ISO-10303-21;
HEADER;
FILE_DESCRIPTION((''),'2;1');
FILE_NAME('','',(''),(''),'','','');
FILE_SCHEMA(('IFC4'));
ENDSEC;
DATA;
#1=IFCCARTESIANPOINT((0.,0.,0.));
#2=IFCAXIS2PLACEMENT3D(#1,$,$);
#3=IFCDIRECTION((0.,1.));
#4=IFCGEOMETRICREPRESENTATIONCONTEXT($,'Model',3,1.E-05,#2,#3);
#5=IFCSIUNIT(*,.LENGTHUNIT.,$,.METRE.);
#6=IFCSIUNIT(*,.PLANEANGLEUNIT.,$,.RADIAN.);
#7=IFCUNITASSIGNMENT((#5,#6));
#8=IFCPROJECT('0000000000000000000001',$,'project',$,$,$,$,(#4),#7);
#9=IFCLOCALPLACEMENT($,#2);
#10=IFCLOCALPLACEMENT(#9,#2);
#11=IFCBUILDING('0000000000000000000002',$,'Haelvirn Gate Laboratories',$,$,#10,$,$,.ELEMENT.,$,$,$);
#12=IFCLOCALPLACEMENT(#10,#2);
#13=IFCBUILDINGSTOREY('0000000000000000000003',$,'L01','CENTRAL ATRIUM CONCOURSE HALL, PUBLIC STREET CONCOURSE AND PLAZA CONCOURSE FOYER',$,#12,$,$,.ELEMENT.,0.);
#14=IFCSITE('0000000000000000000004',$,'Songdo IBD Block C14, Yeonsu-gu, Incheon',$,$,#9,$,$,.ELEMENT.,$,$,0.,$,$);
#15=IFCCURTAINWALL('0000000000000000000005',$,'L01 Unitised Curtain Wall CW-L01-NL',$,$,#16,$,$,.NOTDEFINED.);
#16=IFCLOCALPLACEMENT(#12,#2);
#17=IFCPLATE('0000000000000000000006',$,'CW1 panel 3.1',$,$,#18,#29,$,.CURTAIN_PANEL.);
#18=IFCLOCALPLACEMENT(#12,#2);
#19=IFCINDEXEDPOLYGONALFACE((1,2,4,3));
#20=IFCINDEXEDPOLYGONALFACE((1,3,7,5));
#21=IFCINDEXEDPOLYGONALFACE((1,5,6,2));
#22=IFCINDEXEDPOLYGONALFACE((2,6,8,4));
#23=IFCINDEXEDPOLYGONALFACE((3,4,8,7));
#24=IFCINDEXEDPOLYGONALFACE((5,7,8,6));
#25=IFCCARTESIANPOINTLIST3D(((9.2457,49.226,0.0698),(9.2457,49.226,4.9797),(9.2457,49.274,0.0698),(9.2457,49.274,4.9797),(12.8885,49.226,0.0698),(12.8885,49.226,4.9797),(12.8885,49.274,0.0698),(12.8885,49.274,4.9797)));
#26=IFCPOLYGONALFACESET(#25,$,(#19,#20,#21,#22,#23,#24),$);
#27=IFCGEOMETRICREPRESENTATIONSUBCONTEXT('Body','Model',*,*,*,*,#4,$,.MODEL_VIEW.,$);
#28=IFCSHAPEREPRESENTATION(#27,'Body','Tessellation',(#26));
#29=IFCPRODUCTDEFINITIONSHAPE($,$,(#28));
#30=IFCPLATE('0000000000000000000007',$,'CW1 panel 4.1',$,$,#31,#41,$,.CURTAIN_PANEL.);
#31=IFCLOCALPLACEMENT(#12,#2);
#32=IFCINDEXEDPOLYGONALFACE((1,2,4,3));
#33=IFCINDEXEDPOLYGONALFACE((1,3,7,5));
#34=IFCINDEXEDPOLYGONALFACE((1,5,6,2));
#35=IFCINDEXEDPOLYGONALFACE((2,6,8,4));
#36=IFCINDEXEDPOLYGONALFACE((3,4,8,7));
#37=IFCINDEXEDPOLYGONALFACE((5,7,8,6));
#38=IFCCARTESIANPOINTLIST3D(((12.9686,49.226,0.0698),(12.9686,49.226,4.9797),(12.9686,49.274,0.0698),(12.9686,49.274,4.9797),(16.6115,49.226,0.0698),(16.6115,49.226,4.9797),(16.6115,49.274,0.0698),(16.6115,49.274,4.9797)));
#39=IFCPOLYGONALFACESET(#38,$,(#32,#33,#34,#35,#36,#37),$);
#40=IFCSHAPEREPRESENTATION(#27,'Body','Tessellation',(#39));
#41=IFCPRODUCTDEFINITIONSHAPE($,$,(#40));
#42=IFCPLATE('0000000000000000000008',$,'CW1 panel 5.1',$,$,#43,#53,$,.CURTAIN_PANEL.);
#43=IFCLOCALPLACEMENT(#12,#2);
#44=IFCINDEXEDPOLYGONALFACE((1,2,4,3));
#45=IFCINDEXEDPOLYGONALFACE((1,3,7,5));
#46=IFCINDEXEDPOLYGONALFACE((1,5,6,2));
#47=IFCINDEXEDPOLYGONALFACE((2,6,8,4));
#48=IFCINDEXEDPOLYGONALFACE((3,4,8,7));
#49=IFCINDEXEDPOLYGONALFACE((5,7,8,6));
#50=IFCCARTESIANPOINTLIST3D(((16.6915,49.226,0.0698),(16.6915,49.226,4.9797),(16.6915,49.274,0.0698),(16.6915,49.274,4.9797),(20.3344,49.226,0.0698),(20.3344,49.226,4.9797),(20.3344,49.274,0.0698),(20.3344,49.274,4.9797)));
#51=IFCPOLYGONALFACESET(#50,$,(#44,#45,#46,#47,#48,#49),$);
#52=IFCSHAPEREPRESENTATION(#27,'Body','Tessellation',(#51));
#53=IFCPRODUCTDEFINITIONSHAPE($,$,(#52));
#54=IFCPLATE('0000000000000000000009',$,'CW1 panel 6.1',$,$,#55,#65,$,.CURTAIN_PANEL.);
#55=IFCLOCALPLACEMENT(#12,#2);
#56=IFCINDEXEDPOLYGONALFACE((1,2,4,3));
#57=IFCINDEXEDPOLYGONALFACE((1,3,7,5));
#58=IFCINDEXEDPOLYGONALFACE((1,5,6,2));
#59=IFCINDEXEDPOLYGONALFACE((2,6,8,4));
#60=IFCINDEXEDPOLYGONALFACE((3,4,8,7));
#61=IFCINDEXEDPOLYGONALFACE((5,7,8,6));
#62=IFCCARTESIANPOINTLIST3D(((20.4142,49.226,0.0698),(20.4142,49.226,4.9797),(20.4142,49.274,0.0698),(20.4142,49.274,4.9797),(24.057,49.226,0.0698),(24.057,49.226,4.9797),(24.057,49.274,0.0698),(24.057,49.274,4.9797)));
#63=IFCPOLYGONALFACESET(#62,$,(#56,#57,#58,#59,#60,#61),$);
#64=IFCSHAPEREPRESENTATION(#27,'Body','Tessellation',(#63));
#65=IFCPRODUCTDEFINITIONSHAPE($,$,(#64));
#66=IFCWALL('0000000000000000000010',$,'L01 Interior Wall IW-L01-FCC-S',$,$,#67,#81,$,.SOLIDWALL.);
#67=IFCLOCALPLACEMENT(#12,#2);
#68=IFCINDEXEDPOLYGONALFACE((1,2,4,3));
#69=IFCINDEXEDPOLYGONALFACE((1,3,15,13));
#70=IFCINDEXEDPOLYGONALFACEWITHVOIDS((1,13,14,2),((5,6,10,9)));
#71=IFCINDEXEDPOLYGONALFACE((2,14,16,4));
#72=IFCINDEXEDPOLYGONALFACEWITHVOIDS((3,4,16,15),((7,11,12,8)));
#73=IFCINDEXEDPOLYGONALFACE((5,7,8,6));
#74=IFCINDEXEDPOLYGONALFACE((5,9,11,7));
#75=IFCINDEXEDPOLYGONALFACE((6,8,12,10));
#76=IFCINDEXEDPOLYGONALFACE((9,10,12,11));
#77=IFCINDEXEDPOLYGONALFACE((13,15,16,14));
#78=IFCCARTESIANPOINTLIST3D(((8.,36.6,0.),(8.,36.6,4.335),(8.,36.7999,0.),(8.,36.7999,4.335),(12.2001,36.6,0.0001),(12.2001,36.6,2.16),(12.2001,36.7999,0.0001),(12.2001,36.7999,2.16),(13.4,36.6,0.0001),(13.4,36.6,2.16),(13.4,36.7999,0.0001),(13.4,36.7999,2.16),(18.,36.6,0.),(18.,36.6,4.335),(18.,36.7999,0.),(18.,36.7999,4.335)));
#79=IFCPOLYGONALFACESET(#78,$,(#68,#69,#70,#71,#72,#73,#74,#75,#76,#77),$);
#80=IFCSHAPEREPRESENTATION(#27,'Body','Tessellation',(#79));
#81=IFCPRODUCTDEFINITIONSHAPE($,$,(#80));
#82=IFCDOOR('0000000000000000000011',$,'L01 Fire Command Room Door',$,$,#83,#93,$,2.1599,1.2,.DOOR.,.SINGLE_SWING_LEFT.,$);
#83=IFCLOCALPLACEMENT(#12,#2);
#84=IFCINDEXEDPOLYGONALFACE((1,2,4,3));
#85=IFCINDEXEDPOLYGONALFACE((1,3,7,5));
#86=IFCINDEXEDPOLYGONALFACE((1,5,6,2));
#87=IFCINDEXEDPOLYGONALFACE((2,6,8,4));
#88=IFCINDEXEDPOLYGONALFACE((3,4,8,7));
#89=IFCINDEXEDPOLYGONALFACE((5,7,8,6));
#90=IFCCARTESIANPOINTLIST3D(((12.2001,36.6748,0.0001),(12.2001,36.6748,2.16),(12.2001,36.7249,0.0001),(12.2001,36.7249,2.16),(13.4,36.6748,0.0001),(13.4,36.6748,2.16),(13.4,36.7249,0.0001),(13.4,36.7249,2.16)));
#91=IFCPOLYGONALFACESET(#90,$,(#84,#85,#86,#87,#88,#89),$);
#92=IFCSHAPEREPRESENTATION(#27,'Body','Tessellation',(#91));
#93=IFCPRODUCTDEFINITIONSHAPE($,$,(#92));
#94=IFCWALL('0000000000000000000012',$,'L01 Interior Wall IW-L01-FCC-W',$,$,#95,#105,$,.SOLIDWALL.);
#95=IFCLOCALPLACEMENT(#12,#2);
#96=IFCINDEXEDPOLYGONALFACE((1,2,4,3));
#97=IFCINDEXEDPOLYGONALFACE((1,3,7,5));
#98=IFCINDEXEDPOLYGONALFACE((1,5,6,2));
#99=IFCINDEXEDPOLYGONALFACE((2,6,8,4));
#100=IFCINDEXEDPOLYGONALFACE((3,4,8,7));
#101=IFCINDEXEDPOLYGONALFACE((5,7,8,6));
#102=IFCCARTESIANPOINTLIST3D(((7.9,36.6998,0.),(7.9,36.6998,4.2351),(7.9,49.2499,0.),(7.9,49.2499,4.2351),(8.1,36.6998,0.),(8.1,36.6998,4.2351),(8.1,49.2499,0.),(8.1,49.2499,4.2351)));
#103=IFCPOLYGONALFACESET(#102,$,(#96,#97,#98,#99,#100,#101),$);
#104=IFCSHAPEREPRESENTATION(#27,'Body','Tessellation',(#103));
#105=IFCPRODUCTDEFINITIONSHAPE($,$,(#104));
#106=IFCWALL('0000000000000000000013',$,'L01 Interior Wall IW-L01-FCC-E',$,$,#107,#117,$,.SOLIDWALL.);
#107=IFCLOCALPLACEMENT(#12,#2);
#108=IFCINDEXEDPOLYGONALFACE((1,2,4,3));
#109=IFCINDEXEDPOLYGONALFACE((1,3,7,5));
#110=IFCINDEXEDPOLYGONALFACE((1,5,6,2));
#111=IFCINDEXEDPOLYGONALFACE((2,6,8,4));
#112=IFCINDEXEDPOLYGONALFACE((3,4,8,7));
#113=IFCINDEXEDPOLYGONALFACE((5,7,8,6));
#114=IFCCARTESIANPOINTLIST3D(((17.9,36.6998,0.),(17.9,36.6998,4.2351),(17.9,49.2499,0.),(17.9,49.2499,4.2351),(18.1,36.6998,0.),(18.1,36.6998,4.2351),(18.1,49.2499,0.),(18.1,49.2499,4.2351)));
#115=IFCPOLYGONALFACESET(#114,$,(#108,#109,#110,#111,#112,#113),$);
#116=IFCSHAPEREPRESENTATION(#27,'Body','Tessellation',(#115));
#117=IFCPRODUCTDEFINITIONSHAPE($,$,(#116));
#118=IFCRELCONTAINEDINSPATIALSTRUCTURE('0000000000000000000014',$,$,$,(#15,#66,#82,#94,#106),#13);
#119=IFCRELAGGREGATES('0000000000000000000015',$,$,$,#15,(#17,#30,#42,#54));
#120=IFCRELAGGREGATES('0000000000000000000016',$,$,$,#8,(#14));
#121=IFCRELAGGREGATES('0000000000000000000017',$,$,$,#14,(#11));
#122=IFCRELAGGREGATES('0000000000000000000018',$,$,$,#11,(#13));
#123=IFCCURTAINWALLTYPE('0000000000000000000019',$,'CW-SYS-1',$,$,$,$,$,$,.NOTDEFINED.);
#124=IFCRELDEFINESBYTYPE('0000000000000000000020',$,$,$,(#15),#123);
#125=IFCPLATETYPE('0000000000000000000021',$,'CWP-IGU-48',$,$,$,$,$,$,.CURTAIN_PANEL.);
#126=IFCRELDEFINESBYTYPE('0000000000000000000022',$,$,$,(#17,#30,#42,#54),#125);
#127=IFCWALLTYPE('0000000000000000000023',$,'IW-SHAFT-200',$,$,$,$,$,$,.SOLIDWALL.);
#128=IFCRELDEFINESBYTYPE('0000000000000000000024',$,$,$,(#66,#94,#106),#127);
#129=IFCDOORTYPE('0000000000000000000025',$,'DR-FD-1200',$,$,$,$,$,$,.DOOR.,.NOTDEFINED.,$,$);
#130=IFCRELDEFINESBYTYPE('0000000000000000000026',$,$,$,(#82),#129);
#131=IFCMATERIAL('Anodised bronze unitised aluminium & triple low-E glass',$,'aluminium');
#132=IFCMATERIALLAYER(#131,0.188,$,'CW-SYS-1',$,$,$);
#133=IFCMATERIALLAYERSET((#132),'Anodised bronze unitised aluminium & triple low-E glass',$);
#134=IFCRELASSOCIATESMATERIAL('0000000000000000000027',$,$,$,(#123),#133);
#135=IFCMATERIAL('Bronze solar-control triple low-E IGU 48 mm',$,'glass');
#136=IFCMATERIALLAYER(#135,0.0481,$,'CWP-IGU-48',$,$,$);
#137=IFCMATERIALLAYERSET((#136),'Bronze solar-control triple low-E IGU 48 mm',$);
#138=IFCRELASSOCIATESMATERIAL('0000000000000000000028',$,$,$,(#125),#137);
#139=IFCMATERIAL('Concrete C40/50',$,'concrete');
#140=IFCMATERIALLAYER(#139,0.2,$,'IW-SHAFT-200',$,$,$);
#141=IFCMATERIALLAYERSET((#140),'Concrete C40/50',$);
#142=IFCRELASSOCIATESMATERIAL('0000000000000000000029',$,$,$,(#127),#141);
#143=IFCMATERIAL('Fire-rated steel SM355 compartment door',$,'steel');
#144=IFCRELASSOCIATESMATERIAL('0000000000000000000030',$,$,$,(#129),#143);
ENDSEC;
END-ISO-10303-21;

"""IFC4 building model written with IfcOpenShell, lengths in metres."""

from ifc_helpers import new_model, si_unit, direction, frame, frame_2d, origin, origin_2d, place, context, subcontext, project, spatial, rectangle, extrude, source, transform, mapped, material, layer, layer_set, type_object, type_shapes, element, fill, aggregate, save


model = new_model("IFC4")

# Units and contexts
model_context = context("Model", 3, precision=1e-05, world=origin(), true_north=direction((0.0, 1.0)))
body_context = subcontext(model_context, "Body", "Model", "MODEL_VIEW")
ifc_project = project(units=[si_unit("LENGTHUNIT", "METRE"), si_unit("PLANEANGLEUNIT", "RADIAN")], contexts=[model_context])

# Site, building, storey
site_placement = place(None, origin())
site = spatial("IfcSite", under=ifc_project, at=site_placement, Name="Songdo IBD Block C14, Yeonsu-gu, Incheon", CompositionType="ELEMENT", RefElevation=0.0)
building_placement = place(site_placement, origin())
building = spatial("IfcBuilding", under=site, at=building_placement, Name="Haelvirn Gate Laboratories", CompositionType="ELEMENT")
storey_placement = place(building_placement, origin())
storey = spatial("IfcBuildingStorey", under=building, at=storey_placement, Name="L01", Description="CENTRAL ATRIUM CONCOURSE HALL, PUBLIC STREET CONCOURSE AND PLAZA CONCOURSE FOYER", CompositionType="ELEMENT", Elevation=0.0)

# Curtain wall, plates
ifc_material_1 = material(Name="Anodised bronze unitised aluminium & triple low-E glass", Category="aluminium")
ifc_layer_1 = layer(ifc_material_1, 0.188, Name="CW-SYS-1")
ifc_layer_set_1 = layer_set([ifc_layer_1], Name="Anodised bronze unitised aluminium & triple low-E glass")
curtain_wall_type = type_object("IfcCurtainWallType", Name="CW-SYS-1", PredefinedType="NOTDEFINED", material=ifc_layer_set_1)
curtain_wall_placement = place(storey_placement, origin())
curtain_wall = element("IfcCurtainWall", 1, at=curtain_wall_placement, inside=storey, type_object=curtain_wall_type, Name="L01 Unitised Curtain Wall CW-L01-NL", PredefinedType="NOTDEFINED")
ifc_material_2 = material(Name="Bronze solar-control triple low-E IGU 48 mm", Category="glass")
ifc_layer_2 = layer(ifc_material_2, 0.0481, Name="CWP-IGU-48")
ifc_layer_set_2 = layer_set([ifc_layer_2], Name="Bronze solar-control triple low-E IGU 48 mm")
plate_type = type_object("IfcPlateType", Name="CWP-IGU-48", PredefinedType="CURTAIN_PANEL", material=ifc_layer_set_2)
shared_shape_1 = source(origin(), body_context, "Body", "SweptSolid", [
    extrude(rectangle(XDim=3.6428, YDim=0.0481, at=origin_2d()), origin(), (0.0, 0.0, 1.0), 4.9099),
])
type_shapes(plate_type, [shared_shape_1])
plate_1_placement = place(storey_placement, frame((11.0671, 49.25, 0.0698), z_axis=(0.0, 0.0, 1.0), x_axis=(1.0, 0.0, 0.0)))
plate_1 = element("IfcPlate", 2, at=plate_1_placement, type_object=plate_type, Name="CW1 panel 3.1", PredefinedType="CURTAIN_PANEL", context=body_context, shape_type="MappedRepresentation", body=[
    mapped(shared_shape_1, transform((0.0, 0.0, 0.0), scale=1.0)),
])
plate_2_placement = place(storey_placement, frame((14.79, 49.25, 0.0698), z_axis=(0.0, 0.0, 1.0), x_axis=(1.0, 0.0, 0.0)))
plate_2 = element("IfcPlate", 3, at=plate_2_placement, type_object=plate_type, Name="CW1 panel 4.1", PredefinedType="CURTAIN_PANEL", context=body_context, shape_type="MappedRepresentation", body=[
    mapped(shared_shape_1, transform((0.0, 0.0, 0.0), scale=1.0)),
])
plate_3_placement = place(storey_placement, frame((18.5129, 49.25, 0.0698), z_axis=(0.0, 0.0, 1.0), x_axis=(1.0, 0.0, 0.0)))
plate_3 = element("IfcPlate", 4, at=plate_3_placement, type_object=plate_type, Name="CW1 panel 5.1", PredefinedType="CURTAIN_PANEL", context=body_context, shape_type="MappedRepresentation", body=[
    mapped(shared_shape_1, transform((0.0, 0.0, 0.0), scale=1.0)),
])
plate_4_placement = place(storey_placement, frame((22.2356, 49.25, 0.0698), z_axis=(0.0, 0.0, 1.0), x_axis=(1.0, 0.0, 0.0)))
plate_4 = element("IfcPlate", 5, at=plate_4_placement, type_object=plate_type, Name="CW1 panel 6.1", PredefinedType="CURTAIN_PANEL", context=body_context, shape_type="MappedRepresentation", body=[
    mapped(shared_shape_1, transform((0.0, 0.0, 0.0), scale=1.0)),
])
aggregate(curtain_wall, [plate_1, plate_2, plate_3, plate_4])

# Wall, opening, door
ifc_material_3 = material(Name="Concrete C40/50", Category="concrete")
ifc_layer_3 = layer(ifc_material_3, 0.2, Name="IW-SHAFT-200")
ifc_layer_set_3 = layer_set([ifc_layer_3], Name="Concrete C40/50")
wall_type = type_object("IfcWallType", Name="IW-SHAFT-200", PredefinedType="SOLIDWALL", material=ifc_layer_set_3)
wall_placement = place(storey_placement, frame((8.0, 36.7, 0.0), z_axis=(0.0, 0.0, 1.0), x_axis=(1.0, 0.0, 0.0)))
wall = element("IfcWall", 6, at=wall_placement, inside=storey, type_object=wall_type, Name="L01 Interior Wall IW-L01-FCC-S", PredefinedType="SOLIDWALL", context=body_context, shape_type="SweptSolid", body=[
    extrude(rectangle(XDim=10.0, YDim=0.2, at=frame_2d((5.0, 0.0))), origin(), (0.0, 0.0, 1.0), 4.335),
])
opening_placement = place(wall_placement, frame((4.2, 0.0, 0.0)))
opening = element("IfcOpeningElement", 7, at=opening_placement, cuts=wall, PredefinedType="OPENING", context=body_context, shape_type="SweptSolid", body=[
    extrude(rectangle(XDim=1.2, YDim=2.1599, at=frame_2d((0.6001, 1.0801))), frame((0.0, 0.1099, 0.0), z_axis=(0.0, -1.0, 0.0), x_axis=(1.0, 0.0, 0.0)), (0.0, 0.0, 1.0), 0.22),
])
ifc_material_4 = material(Name="Fire-rated steel SM355 compartment door", Category="steel")
door_type = type_object("IfcDoorType", Name="DR-FD-1200", OperationType="NOTDEFINED", PredefinedType="DOOR", material=ifc_material_4)
shared_shape_2 = source(origin(), body_context, "Body", "SweptSolid", [
    extrude(rectangle(XDim=1.2, YDim=2.1599, at=frame_2d((0.6001, 1.0801))), frame((0.0, 0.0249, 0.0), z_axis=(0.0, -1.0, 0.0), x_axis=(1.0, 0.0, 0.0)), (0.0, 0.0, 1.0), 0.05),
])
type_shapes(door_type, [shared_shape_2])
door_placement = place(opening_placement, origin())
door = element("IfcDoor", 8, at=door_placement, inside=storey, type_object=door_type, Name="L01 Fire Command Room Door", OperationType="SINGLE_SWING_LEFT", OverallHeight=2.1599, OverallWidth=1.2, PredefinedType="DOOR", context=body_context, shape_type="MappedRepresentation", body=[
    mapped(shared_shape_2, transform((0.0, 0.0, 0.0), scale=1.0)),
])
fill(opening, door)

# Walls
for number, where, z_axis, x_axis, name in (
    (9, (8.0, 36.7, 0.0), (0.0, 0.0, 1.0), (0.0, 1.0, 0.0), "L01 Interior Wall IW-L01-FCC-W"),
    (10, (18.0, 36.7, 0.0), (0.0, 0.0, 1.0), (0.0, 1.0, 0.0), "L01 Interior Wall IW-L01-FCC-E"),
):
    element("IfcWall", number, at=place(storey_placement, frame(where, z_axis=z_axis, x_axis=x_axis)), inside=storey, type_object=wall_type, Name=name, PredefinedType="SOLIDWALL", context=body_context, shape_type="SweptSolid", body=[
        extrude(rectangle(XDim=12.55, YDim=0.2, at=frame_2d((6.2749, 0.0))), origin(), (0.0, 0.0, 1.0), 4.2351),
    ])

save(model, "model.ifc")
